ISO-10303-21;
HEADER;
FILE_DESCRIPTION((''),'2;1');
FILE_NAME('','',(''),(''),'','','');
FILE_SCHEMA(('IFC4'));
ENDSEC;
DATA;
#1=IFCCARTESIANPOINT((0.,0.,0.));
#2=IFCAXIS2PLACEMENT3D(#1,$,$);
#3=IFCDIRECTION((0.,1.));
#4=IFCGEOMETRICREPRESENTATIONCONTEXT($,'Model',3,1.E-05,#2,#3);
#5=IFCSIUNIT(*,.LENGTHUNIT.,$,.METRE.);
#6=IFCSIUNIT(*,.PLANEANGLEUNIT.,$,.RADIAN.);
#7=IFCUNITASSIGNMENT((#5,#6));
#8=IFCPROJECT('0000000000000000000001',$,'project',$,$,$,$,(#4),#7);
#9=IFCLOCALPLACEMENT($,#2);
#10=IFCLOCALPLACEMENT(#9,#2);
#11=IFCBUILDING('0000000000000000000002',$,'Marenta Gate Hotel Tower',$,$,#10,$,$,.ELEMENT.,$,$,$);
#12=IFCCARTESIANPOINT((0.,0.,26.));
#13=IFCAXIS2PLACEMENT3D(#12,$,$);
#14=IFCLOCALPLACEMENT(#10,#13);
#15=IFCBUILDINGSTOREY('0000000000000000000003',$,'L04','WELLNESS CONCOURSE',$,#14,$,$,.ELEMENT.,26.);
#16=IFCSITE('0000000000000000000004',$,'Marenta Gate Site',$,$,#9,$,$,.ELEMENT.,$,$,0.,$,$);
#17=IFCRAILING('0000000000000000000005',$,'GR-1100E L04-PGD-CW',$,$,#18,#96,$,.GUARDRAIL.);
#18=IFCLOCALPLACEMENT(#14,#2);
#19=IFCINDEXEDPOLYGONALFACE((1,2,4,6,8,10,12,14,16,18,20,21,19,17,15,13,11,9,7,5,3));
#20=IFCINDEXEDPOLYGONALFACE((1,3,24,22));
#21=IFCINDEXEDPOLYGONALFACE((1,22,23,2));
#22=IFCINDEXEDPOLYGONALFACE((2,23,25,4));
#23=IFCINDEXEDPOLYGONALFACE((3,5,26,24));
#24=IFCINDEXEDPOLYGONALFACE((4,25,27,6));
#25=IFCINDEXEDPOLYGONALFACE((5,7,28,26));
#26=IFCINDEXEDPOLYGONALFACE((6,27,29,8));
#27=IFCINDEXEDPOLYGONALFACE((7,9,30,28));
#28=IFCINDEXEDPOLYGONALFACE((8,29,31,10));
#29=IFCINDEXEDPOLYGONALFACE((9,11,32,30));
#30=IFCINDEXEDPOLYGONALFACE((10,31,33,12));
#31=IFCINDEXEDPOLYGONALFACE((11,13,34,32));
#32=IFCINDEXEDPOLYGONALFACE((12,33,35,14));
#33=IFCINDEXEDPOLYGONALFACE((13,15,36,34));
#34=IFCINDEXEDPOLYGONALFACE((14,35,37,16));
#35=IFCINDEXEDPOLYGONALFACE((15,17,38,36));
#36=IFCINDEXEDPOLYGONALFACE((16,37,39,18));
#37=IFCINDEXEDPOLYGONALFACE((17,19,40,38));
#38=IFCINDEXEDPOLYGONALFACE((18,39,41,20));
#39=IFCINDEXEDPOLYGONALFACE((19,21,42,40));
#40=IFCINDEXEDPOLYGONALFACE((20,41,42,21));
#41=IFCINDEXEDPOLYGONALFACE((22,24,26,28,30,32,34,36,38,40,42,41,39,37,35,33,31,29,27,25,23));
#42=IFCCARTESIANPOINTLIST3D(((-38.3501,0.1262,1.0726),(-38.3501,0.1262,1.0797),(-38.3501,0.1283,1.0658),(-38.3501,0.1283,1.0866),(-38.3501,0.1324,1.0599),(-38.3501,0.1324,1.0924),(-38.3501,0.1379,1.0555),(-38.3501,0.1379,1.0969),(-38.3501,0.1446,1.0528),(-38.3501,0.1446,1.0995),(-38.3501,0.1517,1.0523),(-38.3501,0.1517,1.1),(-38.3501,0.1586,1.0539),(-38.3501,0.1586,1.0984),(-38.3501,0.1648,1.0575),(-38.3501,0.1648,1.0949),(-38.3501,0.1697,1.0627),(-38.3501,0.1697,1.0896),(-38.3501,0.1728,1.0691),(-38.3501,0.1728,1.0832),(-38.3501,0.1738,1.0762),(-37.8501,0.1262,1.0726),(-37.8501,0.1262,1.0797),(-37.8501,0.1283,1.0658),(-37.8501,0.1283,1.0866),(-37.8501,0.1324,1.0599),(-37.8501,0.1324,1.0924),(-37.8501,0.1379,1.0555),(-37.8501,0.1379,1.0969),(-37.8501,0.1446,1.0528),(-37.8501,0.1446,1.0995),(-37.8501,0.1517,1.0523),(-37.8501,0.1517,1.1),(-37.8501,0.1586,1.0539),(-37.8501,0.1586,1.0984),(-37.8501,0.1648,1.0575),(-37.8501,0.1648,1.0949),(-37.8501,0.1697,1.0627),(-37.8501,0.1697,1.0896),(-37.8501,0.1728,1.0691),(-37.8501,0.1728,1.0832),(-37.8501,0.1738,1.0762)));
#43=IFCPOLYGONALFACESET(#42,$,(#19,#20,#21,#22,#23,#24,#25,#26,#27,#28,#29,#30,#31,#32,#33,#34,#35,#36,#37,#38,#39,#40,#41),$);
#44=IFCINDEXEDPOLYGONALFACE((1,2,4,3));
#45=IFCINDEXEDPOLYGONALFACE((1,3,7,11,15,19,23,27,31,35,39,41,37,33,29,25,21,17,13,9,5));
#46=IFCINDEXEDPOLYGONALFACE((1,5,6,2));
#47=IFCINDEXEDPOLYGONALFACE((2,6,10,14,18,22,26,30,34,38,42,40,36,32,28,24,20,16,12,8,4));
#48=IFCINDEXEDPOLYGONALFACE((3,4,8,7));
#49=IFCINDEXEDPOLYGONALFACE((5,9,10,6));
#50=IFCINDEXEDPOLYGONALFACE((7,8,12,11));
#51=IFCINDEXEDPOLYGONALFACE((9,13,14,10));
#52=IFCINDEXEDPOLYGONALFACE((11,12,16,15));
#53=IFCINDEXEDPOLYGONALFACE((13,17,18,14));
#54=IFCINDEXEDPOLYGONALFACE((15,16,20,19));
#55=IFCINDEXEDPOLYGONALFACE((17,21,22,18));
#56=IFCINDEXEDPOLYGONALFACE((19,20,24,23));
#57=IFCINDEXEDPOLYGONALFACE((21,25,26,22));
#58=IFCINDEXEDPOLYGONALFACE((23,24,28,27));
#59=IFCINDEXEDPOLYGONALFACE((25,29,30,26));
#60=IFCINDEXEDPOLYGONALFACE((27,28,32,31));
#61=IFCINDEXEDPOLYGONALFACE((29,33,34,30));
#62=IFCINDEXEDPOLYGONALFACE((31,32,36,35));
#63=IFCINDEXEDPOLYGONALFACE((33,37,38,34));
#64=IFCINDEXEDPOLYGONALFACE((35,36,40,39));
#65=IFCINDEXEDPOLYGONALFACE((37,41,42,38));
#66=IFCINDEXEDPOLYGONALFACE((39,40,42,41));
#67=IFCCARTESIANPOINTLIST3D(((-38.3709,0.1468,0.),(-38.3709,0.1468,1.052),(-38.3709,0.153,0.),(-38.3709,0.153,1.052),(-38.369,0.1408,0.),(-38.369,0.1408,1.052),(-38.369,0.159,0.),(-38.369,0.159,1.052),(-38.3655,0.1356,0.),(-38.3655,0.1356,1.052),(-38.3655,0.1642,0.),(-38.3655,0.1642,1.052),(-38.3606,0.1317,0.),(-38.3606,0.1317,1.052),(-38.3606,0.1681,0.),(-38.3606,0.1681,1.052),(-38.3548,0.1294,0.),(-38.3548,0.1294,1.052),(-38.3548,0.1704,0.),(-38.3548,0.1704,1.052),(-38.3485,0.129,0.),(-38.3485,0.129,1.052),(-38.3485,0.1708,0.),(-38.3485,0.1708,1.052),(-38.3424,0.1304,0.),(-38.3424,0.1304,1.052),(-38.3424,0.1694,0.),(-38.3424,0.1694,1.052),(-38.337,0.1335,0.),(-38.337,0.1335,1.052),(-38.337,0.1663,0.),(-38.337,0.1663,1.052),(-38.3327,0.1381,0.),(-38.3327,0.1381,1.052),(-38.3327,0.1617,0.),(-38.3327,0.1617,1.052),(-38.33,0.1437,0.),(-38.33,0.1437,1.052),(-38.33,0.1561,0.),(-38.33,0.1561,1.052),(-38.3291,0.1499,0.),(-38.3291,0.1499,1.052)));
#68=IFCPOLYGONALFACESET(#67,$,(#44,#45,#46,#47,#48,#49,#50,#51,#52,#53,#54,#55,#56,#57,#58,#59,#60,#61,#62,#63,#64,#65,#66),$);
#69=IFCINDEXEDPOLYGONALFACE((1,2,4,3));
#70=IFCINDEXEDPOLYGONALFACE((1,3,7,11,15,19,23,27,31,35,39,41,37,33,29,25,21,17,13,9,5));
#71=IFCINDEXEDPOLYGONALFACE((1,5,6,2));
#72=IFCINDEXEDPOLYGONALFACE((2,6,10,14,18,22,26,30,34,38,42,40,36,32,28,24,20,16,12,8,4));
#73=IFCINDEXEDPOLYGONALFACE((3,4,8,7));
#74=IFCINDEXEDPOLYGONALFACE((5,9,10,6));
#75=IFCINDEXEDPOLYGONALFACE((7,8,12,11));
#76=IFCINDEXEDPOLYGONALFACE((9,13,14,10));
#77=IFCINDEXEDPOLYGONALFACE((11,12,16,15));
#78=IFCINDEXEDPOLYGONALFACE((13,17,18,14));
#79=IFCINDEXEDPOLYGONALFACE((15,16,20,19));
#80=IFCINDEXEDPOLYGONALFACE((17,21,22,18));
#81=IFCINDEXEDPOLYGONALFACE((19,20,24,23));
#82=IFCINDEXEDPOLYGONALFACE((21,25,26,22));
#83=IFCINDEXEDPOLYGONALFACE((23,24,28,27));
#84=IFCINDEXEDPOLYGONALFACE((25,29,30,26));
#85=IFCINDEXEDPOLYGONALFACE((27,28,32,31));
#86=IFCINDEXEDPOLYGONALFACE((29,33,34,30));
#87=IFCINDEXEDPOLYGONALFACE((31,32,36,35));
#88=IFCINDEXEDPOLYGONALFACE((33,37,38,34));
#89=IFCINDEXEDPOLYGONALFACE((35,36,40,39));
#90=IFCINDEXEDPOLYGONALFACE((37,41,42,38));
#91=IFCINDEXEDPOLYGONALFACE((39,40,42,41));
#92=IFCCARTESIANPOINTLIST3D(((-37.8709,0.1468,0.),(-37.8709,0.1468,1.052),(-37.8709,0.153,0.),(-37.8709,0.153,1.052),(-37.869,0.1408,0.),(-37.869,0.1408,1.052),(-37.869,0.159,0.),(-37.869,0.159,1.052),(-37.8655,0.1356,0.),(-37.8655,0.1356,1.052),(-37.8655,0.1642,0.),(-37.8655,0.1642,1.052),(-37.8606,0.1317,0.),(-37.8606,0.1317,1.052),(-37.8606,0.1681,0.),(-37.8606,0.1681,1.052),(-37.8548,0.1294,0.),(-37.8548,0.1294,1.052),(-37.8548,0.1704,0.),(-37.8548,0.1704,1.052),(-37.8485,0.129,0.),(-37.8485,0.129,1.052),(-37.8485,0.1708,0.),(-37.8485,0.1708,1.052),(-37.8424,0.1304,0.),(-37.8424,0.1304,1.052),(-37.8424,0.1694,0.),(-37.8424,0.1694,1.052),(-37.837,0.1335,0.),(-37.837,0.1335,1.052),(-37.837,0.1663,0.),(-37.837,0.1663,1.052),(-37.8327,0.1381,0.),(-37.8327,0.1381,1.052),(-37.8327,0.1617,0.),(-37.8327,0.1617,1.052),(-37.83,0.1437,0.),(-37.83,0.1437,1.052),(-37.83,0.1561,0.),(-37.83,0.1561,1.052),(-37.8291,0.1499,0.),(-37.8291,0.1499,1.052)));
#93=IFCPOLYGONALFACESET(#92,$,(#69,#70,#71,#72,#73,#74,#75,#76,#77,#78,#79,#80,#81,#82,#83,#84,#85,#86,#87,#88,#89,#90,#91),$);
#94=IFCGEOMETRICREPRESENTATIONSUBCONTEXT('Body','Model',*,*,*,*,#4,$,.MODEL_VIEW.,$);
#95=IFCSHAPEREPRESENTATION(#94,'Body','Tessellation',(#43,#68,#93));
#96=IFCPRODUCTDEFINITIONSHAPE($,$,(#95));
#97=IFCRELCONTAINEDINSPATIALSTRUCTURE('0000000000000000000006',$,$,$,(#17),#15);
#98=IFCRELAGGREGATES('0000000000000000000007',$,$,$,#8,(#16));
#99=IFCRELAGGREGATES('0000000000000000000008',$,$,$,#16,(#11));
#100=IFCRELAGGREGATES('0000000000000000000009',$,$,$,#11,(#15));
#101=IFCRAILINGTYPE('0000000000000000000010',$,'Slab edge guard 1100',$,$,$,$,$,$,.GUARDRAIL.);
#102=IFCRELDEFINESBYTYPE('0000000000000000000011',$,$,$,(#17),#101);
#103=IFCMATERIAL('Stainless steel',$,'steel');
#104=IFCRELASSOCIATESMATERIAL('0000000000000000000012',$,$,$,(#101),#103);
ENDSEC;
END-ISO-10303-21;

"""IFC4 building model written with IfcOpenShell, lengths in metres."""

from ifc_helpers import new_model, si_unit, direction, frame, origin, origin_2d, place, context, subcontext, project, spatial, circle, extrude, material, type_object, element, save


model = new_model("IFC4")

# Units and contexts
model_context = context("Model", 3, precision=1e-05, world=origin(), true_north=direction((0.0, 1.0)))
body_context = subcontext(model_context, "Body", "Model", "MODEL_VIEW")
ifc_project = project(units=[si_unit("LENGTHUNIT", "METRE"), si_unit("PLANEANGLEUNIT", "RADIAN")], contexts=[model_context])

# Site, building, storey
site_placement = place(None, origin())
site = spatial("IfcSite", under=ifc_project, at=site_placement, Name="Marenta Gate Site", CompositionType="ELEMENT", RefElevation=0.0)
building_placement = place(site_placement, origin())
building = spatial("IfcBuilding", under=site, at=building_placement, Name="Marenta Gate Hotel Tower", CompositionType="ELEMENT")
storey_placement = place(building_placement, frame((0.0, 0.0, 26.0)))
storey = spatial("IfcBuildingStorey", under=building, at=storey_placement, Name="L04", Description="WELLNESS CONCOURSE", CompositionType="ELEMENT", Elevation=26.0)

# Railing
ifc_material_1 = material(Name="Stainless steel", Category="steel")
railing_type_1 = type_object("IfcRailingType", Name="Slab edge guard 1100", PredefinedType="GUARDRAIL", material=ifc_material_1)
railing_1_placement = place(storey_placement, frame((-38.3501, 0.1499, 0.0)))
element("IfcRailing", 1, at=railing_1_placement, inside=storey, type_object=railing_type_1, Name="GR-1100E L04-PGD-CW", PredefinedType="GUARDRAIL", context=body_context, shape_type="SweptSolid", body=[
    extrude(circle(Radius=0.0239, at=origin_2d()), frame((0.0, 0.0, 1.0762), z_axis=(1.0, 0.0, 0.0), x_axis=(0.0, 1.0, 0.0)), (0.0, 0.0, 1.0), 0.5),
    extrude(circle(Radius=0.021, at=origin_2d()), origin(), (0.0, 0.0, 1.0), 1.052),
    extrude(circle(Radius=0.021, at=origin_2d()), frame((0.5, 0.0, 0.0)), (0.0, 0.0, 1.0), 1.052),
])

save(model, "model.ifc")
